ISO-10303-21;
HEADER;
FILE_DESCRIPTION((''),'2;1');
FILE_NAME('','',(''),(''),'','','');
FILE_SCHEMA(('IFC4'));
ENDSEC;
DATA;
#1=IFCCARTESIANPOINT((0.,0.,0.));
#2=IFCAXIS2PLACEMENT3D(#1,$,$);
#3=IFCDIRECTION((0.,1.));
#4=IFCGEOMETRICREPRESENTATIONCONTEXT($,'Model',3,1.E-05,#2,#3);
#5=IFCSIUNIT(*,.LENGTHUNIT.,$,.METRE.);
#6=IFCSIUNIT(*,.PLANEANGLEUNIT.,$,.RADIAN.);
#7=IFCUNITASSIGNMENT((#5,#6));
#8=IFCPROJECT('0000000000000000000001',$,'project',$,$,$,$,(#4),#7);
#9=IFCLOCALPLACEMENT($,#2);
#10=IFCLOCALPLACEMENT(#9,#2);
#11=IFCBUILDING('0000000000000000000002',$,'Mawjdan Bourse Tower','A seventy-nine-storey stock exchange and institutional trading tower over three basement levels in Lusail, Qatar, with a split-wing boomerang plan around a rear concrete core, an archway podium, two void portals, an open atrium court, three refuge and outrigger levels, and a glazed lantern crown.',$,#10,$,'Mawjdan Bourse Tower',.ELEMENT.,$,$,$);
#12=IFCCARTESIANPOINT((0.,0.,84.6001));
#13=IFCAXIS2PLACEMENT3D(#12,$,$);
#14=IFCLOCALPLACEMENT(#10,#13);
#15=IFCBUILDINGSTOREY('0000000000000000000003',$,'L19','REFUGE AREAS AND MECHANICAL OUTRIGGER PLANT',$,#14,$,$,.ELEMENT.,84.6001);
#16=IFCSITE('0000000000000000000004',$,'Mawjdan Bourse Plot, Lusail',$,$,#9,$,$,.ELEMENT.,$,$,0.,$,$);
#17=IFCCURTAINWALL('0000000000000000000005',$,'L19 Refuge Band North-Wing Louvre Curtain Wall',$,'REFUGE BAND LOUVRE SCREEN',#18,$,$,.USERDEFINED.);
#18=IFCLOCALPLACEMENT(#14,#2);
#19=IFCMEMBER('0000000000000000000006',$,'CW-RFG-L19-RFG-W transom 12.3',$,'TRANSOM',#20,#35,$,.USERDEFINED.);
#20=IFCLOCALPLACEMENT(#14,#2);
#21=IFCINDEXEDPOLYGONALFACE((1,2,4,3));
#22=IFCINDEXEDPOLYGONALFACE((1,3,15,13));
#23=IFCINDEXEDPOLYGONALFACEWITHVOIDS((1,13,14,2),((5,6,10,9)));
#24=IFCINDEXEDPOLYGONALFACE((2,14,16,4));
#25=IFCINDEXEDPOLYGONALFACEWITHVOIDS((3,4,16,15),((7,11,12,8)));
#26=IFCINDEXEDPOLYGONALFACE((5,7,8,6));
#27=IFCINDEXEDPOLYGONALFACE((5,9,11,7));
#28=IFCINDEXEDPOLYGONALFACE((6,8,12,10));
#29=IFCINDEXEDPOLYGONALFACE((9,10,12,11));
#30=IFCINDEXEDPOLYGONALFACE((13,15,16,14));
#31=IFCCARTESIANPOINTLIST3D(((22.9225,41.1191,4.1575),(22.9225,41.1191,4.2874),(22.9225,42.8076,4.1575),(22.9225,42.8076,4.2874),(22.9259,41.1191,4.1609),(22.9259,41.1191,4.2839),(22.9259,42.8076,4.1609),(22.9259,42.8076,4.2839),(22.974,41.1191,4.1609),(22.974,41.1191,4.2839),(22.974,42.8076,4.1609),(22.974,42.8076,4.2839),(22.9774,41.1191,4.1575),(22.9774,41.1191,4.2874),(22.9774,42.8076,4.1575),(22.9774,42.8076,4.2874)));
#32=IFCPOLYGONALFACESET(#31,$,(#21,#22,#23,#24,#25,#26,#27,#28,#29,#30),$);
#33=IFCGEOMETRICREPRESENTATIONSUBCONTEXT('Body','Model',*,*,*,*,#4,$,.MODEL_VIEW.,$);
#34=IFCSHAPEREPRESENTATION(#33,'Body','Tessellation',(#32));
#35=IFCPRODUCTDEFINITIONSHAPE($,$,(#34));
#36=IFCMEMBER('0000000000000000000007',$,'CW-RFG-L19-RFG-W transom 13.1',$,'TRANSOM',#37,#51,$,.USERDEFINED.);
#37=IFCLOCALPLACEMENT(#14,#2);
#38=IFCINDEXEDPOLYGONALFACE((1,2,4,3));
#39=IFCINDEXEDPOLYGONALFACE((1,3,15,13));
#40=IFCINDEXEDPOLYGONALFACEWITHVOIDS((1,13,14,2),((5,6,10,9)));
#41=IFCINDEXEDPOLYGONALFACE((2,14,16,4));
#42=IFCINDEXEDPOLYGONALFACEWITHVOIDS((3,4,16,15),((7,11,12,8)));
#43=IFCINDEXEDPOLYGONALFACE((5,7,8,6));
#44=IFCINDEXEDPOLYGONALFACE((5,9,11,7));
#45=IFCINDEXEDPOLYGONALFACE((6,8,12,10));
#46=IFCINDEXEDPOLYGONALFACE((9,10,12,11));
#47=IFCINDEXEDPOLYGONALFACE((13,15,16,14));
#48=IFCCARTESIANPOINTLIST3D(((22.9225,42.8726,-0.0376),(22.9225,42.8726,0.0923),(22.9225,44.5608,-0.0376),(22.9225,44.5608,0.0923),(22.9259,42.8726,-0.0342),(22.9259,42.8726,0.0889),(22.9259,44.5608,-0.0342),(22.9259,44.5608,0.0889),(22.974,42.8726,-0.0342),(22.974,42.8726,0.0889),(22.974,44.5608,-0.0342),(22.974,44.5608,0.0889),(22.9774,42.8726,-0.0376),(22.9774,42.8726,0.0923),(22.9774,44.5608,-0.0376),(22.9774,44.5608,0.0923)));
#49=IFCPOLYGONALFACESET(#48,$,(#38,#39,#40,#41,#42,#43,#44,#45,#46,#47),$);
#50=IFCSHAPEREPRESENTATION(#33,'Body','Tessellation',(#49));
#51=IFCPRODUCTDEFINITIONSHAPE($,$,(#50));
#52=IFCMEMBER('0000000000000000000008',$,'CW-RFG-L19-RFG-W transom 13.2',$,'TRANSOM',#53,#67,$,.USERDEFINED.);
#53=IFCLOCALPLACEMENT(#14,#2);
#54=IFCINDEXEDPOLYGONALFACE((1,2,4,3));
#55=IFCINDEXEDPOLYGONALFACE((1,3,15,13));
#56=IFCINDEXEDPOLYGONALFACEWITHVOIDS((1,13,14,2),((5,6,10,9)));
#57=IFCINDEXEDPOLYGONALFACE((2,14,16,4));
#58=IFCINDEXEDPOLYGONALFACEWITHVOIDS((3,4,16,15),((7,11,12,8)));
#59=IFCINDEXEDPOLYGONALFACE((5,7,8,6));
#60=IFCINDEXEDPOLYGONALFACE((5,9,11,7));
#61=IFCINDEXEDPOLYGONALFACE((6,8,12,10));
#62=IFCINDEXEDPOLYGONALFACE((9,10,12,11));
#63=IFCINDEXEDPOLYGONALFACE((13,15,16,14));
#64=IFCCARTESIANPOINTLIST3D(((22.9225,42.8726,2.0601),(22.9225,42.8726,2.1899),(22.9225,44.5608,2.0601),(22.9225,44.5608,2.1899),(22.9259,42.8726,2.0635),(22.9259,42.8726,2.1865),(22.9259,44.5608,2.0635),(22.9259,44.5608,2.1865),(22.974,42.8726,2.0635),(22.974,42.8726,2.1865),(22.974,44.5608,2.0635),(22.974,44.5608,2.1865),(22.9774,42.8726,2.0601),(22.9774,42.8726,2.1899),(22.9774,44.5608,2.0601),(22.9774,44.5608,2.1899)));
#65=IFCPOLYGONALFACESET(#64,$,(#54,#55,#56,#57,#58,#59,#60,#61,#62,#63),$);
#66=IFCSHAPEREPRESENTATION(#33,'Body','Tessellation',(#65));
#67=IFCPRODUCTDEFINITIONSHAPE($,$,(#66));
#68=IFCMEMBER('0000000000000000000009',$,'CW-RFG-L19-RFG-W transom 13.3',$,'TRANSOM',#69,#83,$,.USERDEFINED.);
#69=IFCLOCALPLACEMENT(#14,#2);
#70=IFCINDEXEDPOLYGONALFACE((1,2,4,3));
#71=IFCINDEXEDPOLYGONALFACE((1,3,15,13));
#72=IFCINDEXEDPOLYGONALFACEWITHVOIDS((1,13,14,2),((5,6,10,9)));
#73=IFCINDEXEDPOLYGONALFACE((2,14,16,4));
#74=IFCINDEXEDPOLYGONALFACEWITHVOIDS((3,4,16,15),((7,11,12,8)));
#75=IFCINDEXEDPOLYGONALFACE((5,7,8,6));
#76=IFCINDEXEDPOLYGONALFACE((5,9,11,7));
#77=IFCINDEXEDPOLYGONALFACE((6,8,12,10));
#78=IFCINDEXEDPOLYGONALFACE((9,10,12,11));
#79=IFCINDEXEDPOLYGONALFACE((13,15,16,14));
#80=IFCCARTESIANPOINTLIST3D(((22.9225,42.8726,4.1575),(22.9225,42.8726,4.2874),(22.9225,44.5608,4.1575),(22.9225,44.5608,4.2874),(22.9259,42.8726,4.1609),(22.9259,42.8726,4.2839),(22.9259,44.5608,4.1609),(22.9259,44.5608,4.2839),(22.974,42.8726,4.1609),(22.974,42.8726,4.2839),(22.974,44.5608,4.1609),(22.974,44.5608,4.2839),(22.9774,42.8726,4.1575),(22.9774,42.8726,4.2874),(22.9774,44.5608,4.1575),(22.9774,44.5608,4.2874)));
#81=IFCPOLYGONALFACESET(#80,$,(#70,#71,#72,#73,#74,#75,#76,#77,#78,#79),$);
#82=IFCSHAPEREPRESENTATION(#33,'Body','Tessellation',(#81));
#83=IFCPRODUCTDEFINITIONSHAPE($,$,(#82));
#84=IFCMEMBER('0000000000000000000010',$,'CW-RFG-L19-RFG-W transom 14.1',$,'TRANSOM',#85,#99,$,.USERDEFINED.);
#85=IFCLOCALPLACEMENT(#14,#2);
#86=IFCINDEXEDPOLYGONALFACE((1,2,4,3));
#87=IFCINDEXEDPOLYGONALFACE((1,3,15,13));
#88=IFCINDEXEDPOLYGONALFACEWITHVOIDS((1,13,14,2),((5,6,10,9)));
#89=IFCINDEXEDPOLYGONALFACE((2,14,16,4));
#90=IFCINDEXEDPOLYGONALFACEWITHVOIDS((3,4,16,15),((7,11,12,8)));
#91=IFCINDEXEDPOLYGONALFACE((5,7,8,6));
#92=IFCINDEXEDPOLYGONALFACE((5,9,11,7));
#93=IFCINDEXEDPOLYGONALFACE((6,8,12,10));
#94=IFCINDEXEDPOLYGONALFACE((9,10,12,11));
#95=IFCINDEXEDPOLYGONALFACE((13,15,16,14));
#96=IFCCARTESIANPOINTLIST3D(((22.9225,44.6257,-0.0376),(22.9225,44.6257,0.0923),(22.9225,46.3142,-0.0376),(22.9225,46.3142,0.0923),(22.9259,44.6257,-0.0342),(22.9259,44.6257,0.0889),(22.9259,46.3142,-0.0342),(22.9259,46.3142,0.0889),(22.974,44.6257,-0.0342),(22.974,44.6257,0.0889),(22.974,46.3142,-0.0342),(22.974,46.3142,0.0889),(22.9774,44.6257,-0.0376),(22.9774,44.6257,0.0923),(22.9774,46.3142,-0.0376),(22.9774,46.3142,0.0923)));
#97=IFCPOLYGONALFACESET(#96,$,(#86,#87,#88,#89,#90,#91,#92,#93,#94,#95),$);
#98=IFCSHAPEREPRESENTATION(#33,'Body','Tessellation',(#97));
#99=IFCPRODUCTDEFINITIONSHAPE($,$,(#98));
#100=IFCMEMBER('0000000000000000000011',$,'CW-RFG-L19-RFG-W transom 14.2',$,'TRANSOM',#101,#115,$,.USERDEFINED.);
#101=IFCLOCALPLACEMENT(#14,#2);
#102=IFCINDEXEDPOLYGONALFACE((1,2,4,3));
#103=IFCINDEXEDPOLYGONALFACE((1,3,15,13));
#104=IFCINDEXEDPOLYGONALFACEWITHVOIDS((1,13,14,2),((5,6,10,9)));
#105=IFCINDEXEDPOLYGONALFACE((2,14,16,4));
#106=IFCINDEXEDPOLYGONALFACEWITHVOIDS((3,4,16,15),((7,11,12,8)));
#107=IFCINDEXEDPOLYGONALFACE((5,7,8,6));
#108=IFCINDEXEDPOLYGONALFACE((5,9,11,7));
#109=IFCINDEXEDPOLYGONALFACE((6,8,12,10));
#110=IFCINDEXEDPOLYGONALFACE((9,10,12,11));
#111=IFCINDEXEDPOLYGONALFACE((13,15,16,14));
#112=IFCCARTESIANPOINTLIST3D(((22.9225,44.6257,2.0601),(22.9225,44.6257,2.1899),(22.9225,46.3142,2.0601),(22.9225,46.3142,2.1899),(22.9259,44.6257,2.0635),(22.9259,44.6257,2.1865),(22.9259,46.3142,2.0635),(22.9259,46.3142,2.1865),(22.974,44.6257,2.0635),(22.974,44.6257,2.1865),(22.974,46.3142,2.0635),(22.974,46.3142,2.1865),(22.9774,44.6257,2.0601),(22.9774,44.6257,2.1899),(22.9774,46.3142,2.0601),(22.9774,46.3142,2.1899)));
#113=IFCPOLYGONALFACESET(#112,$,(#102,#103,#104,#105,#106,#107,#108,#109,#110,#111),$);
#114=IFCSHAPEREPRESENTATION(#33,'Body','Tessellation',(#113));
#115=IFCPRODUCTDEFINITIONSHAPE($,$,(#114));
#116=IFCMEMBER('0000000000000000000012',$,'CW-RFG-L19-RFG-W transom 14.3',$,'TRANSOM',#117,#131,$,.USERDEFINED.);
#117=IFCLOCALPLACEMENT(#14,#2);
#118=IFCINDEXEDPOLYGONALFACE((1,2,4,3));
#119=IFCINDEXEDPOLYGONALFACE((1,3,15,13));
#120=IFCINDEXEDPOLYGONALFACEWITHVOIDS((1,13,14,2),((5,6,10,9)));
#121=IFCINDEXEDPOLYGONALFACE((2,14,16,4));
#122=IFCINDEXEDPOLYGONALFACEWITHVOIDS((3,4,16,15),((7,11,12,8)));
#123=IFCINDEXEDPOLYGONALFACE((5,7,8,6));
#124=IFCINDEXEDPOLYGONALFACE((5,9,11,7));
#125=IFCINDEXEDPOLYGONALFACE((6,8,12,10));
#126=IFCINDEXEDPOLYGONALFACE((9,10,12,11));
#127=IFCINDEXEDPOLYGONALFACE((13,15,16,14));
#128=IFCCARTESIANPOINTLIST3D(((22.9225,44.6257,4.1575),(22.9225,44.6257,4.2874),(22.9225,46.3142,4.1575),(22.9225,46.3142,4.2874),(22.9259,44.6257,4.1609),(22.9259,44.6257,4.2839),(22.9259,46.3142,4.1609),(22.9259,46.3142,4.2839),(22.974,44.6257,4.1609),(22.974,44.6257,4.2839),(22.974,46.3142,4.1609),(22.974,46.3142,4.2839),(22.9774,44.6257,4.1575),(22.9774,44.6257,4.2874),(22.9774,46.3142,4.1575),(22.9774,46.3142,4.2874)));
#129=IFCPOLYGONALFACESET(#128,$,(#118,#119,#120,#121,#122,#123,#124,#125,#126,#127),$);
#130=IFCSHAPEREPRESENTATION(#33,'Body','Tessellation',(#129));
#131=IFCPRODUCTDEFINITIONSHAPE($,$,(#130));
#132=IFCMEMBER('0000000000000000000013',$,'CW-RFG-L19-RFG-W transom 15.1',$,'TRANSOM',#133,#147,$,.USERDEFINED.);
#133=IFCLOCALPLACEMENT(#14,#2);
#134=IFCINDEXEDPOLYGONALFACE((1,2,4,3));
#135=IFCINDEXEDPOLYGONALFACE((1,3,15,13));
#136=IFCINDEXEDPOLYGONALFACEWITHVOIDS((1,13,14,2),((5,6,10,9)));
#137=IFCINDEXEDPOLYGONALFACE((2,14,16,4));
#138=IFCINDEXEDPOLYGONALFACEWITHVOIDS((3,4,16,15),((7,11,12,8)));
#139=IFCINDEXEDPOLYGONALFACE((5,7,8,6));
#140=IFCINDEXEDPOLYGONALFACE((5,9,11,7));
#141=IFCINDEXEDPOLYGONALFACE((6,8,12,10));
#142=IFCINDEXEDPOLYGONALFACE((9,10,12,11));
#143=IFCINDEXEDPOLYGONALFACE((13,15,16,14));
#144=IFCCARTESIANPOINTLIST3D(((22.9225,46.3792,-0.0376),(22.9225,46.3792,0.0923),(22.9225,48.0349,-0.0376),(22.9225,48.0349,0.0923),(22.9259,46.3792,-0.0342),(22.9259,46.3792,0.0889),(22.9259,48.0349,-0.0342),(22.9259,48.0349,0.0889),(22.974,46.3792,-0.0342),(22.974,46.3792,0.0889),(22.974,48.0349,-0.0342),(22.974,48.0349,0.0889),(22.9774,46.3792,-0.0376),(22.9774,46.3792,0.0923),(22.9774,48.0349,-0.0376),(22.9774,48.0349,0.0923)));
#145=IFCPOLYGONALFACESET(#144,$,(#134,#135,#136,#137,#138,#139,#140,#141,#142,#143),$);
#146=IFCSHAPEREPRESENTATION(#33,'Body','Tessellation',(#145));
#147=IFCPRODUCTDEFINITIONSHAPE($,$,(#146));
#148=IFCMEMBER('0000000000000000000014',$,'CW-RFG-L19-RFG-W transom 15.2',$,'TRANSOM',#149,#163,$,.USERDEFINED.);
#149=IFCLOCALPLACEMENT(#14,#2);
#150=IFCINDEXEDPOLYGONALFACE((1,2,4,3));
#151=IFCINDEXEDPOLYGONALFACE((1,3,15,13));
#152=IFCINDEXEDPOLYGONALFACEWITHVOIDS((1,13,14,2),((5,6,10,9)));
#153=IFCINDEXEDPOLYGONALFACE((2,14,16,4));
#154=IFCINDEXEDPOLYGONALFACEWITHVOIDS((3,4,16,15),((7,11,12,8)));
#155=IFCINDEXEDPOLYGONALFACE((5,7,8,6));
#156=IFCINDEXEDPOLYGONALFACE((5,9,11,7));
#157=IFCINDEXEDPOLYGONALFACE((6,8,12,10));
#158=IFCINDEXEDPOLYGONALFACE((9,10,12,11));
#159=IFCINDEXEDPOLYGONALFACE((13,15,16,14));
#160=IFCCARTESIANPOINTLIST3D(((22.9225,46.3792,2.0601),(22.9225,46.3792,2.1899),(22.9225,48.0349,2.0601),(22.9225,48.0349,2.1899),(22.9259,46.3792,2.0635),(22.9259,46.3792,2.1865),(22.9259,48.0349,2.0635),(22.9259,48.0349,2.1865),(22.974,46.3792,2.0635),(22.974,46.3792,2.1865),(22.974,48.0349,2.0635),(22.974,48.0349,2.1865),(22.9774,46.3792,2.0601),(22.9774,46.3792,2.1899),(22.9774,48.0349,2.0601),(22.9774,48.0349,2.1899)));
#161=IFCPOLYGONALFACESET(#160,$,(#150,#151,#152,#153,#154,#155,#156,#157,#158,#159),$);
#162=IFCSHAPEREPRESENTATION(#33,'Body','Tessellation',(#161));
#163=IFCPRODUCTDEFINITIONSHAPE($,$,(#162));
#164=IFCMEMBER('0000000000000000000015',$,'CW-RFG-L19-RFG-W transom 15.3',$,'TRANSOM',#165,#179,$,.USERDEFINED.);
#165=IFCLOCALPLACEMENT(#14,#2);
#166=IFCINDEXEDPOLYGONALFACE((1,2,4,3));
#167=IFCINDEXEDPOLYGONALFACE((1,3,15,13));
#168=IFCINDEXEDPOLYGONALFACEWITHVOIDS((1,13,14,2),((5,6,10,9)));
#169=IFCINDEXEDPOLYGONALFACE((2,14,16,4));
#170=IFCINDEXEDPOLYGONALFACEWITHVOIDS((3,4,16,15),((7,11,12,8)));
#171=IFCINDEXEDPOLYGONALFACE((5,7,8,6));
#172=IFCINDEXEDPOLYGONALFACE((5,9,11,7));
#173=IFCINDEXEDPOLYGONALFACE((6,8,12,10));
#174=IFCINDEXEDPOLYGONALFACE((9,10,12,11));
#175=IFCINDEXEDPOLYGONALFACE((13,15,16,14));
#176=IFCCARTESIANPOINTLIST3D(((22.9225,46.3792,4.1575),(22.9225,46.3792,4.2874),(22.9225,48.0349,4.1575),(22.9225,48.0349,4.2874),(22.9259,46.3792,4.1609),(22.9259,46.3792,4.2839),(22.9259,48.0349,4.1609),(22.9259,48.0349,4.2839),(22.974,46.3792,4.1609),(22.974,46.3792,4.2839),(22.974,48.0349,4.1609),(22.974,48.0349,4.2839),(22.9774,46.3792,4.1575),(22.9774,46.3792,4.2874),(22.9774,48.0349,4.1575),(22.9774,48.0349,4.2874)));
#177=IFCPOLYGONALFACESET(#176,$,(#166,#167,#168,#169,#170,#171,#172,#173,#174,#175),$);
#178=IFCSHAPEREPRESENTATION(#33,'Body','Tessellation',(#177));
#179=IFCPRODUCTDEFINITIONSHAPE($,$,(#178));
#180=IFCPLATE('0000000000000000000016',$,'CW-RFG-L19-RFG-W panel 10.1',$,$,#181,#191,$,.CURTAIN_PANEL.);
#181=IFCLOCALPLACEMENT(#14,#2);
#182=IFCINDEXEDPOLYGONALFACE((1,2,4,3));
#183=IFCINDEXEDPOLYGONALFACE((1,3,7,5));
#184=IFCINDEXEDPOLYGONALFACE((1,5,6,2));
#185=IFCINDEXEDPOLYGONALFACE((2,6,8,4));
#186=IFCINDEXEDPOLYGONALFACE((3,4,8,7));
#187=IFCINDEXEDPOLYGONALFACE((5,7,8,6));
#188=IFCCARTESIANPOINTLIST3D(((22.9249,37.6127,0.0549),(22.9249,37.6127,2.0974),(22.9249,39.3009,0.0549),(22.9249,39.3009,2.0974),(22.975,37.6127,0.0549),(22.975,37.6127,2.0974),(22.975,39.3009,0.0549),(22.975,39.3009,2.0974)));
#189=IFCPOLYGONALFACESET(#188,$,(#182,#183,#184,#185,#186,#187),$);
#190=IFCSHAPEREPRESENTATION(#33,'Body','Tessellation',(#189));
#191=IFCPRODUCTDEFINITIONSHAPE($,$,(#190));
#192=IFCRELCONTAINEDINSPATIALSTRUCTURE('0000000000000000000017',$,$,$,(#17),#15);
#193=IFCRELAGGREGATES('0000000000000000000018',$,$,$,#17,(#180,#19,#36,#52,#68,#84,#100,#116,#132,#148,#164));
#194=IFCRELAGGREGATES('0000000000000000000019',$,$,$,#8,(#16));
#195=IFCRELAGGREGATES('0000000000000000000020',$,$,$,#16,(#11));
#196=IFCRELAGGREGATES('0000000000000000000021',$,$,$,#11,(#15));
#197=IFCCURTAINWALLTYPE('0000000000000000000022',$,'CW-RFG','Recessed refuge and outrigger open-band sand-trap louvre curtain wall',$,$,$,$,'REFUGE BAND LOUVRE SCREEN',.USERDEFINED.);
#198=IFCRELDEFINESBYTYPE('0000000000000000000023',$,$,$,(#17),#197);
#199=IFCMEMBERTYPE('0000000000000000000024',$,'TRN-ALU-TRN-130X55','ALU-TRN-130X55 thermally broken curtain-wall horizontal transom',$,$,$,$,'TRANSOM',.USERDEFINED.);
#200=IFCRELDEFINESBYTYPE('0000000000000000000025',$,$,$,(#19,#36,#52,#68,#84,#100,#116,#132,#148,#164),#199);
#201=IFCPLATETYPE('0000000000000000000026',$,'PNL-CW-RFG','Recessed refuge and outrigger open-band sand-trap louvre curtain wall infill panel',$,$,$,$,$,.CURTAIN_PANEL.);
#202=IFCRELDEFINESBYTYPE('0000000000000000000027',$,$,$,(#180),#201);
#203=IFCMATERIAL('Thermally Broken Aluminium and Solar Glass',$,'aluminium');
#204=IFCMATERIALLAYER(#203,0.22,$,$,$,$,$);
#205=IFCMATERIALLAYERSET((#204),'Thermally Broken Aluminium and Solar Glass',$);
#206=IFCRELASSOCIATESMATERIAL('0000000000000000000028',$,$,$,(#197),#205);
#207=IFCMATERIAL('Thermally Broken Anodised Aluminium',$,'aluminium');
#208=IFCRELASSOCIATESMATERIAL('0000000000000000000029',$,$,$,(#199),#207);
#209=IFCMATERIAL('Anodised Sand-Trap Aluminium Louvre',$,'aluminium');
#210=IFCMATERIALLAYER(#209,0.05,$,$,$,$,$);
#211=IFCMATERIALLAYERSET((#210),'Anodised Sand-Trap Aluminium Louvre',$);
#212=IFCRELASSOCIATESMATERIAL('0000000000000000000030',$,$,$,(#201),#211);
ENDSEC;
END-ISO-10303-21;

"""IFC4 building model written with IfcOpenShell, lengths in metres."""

from ifc_helpers import new_model, si_unit, direction, frame, origin, origin_2d, place, context, subcontext, project, spatial, rectangle, hollow_rectangle, extrude, material, layer, layer_set, material_profile, profile_set, type_object, element, aggregate, save


model = new_model("IFC4")

# Units and contexts
model_context = context("Model", 3, precision=1e-05, world=origin(), true_north=direction((0.0, 1.0)))
body_context = subcontext(model_context, "Body", "Model", "MODEL_VIEW")
ifc_project = project(units=[si_unit("LENGTHUNIT", "METRE"), si_unit("PLANEANGLEUNIT", "RADIAN")], contexts=[model_context])

# Site, building, storey
site_placement = place(None, origin())
site = spatial("IfcSite", under=ifc_project, at=site_placement, Name="Mawjdan Bourse Plot, Lusail", CompositionType="ELEMENT", RefElevation=0.0)
building_placement = place(site_placement, origin())
building = spatial("IfcBuilding", under=site, at=building_placement, Name="Mawjdan Bourse Tower", Description="A seventy-nine-storey stock exchange and institutional trading tower over three basement levels in Lusail, Qatar, with a split-wing boomerang plan around a rear concrete core, an archway podium, two void portals, an open atrium court, three refuge and outrigger levels, and a glazed lantern crown.", LongName="Mawjdan Bourse Tower", CompositionType="ELEMENT")
storey_placement = place(building_placement, frame((0.0, 0.0, 84.6001)))
storey = spatial("IfcBuildingStorey", under=building, at=storey_placement, Name="L19", Description="REFUGE AREAS AND MECHANICAL OUTRIGGER PLANT", CompositionType="ELEMENT", Elevation=84.6001)

# Curtain wall
ifc_material_1 = material(Name="Thermally Broken Aluminium and Solar Glass", Category="aluminium")
ifc_layer_1 = layer(ifc_material_1, 0.22)
ifc_layer_set_1 = layer_set([ifc_layer_1], Name="Thermally Broken Aluminium and Solar Glass")
curtain_wall_type = type_object("IfcCurtainWallType", Name="CW-RFG", Description="Recessed refuge and outrigger open-band sand-trap louvre curtain wall", ElementType="REFUGE BAND LOUVRE SCREEN", PredefinedType="USERDEFINED", material=ifc_layer_set_1)
curtain_wall_placement = place(storey_placement, origin())
curtain_wall = element("IfcCurtainWall", 1, at=curtain_wall_placement, inside=storey, type_object=curtain_wall_type, Name="L19 Refuge Band North-Wing Louvre Curtain Wall", ObjectType="REFUGE BAND LOUVRE SCREEN", PredefinedType="USERDEFINED")
ifc_material_2 = material(Name="Thermally Broken Anodised Aluminium", Category="aluminium")

# Members
ifc_material_profile_1 = material_profile(ifc_material_2, hollow_rectangle(XDim=0.0549, YDim=0.1299, WallThickness=0.0034, at=origin_2d()), Name="ALU-TRN-130X55")
ifc_profile_set_1 = profile_set([ifc_material_profile_1], Name="Thermally Broken Anodised Aluminium")
member_type_1 = type_object("IfcMemberType", Name="TRN-ALU-TRN-130X55", Description="ALU-TRN-130X55 thermally broken curtain-wall horizontal transom", ElementType="TRANSOM", PredefinedType="USERDEFINED", material=ifc_profile_set_1)
member_1_placement = place(storey_placement, frame((22.95, 41.1191, 4.2224), z_axis=(0.0, 1.0, 0.0), x_axis=(-1.0, 0.0, 0.0)))
member_1 = element("IfcMember", 2, at=member_1_placement, type_object=member_type_1, Name="CW-RFG-L19-RFG-W transom 12.3", ObjectType="TRANSOM", PredefinedType="USERDEFINED", context=body_context, shape_type="SweptSolid", body=[
    extrude(hollow_rectangle(XDim=0.0549, YDim=0.1299, WallThickness=0.0034, at=origin_2d()), origin(), (0.0, 0.0, 1.0), 1.6885),
])
member_2_placement = place(storey_placement, frame((22.95, 42.8726, 0.0273), z_axis=(0.0, 1.0, 0.0), x_axis=(-1.0, 0.0, 0.0)))
member_2 = element("IfcMember", 3, at=member_2_placement, type_object=member_type_1, Name="CW-RFG-L19-RFG-W transom 13.1", ObjectType="TRANSOM", PredefinedType="USERDEFINED", context=body_context, shape_type="SweptSolid", body=[
    extrude(hollow_rectangle(XDim=0.0549, YDim=0.1299, WallThickness=0.0034, at=origin_2d()), origin(), (0.0, 0.0, 1.0), 1.6882),
])
member_3_placement = place(storey_placement, frame((22.95, 42.8726, 2.125), z_axis=(0.0, 1.0, 0.0), x_axis=(-1.0, 0.0, 0.0)))
member_3 = element("IfcMember", 4, at=member_3_placement, type_object=member_type_1, Name="CW-RFG-L19-RFG-W transom 13.2", ObjectType="TRANSOM", PredefinedType="USERDEFINED", context=body_context, shape_type="SweptSolid", body=[
    extrude(hollow_rectangle(XDim=0.0549, YDim=0.1299, WallThickness=0.0034, at=origin_2d()), origin(), (0.0, 0.0, 1.0), 1.6882),
])
member_4_placement = place(storey_placement, frame((22.95, 42.8726, 4.2224), z_axis=(0.0, 1.0, 0.0), x_axis=(-1.0, 0.0, 0.0)))
member_4 = element("IfcMember", 5, at=member_4_placement, type_object=member_type_1, Name="CW-RFG-L19-RFG-W transom 13.3", ObjectType="TRANSOM", PredefinedType="USERDEFINED", context=body_context, shape_type="SweptSolid", body=[
    extrude(hollow_rectangle(XDim=0.0549, YDim=0.1299, WallThickness=0.0034, at=origin_2d()), origin(), (0.0, 0.0, 1.0), 1.6882),
])
member_5_placement = place(storey_placement, frame((22.95, 44.6257, 0.0273), z_axis=(0.0, 1.0, 0.0), x_axis=(-1.0, 0.0, 0.0)))
member_5 = element("IfcMember", 6, at=member_5_placement, type_object=member_type_1, Name="CW-RFG-L19-RFG-W transom 14.1", ObjectType="TRANSOM", PredefinedType="USERDEFINED", context=body_context, shape_type="SweptSolid", body=[
    extrude(hollow_rectangle(XDim=0.0549, YDim=0.1299, WallThickness=0.0034, at=origin_2d()), origin(), (0.0, 0.0, 1.0), 1.6885),
])
member_6_placement = place(storey_placement, frame((22.95, 44.6257, 2.125), z_axis=(0.0, 1.0, 0.0), x_axis=(-1.0, 0.0, 0.0)))
member_6 = element("IfcMember", 7, at=member_6_placement, type_object=member_type_1, Name="CW-RFG-L19-RFG-W transom 14.2", ObjectType="TRANSOM", PredefinedType="USERDEFINED", context=body_context, shape_type="SweptSolid", body=[
    extrude(hollow_rectangle(XDim=0.0549, YDim=0.1299, WallThickness=0.0034, at=origin_2d()), origin(), (0.0, 0.0, 1.0), 1.6885),
])
member_7_placement = place(storey_placement, frame((22.95, 44.6257, 4.2224), z_axis=(0.0, 1.0, 0.0), x_axis=(-1.0, 0.0, 0.0)))
member_7 = element("IfcMember", 8, at=member_7_placement, type_object=member_type_1, Name="CW-RFG-L19-RFG-W transom 14.3", ObjectType="TRANSOM", PredefinedType="USERDEFINED", context=body_context, shape_type="SweptSolid", body=[
    extrude(hollow_rectangle(XDim=0.0549, YDim=0.1299, WallThickness=0.0034, at=origin_2d()), origin(), (0.0, 0.0, 1.0), 1.6885),
])
member_8_placement = place(storey_placement, frame((22.95, 46.3792, 0.0273), z_axis=(0.0, 1.0, 0.0), x_axis=(-1.0, 0.0, 0.0)))
member_8 = element("IfcMember", 9, at=member_8_placement, type_object=member_type_1, Name="CW-RFG-L19-RFG-W transom 15.1", ObjectType="TRANSOM", PredefinedType="USERDEFINED", context=body_context, shape_type="SweptSolid", body=[
    extrude(hollow_rectangle(XDim=0.0549, YDim=0.1299, WallThickness=0.0034, at=origin_2d()), origin(), (0.0, 0.0, 1.0), 1.6558),
])
member_9_placement = place(storey_placement, frame((22.95, 46.3792, 2.125), z_axis=(0.0, 1.0, 0.0), x_axis=(-1.0, 0.0, 0.0)))
member_9 = element("IfcMember", 10, at=member_9_placement, type_object=member_type_1, Name="CW-RFG-L19-RFG-W transom 15.2", ObjectType="TRANSOM", PredefinedType="USERDEFINED", context=body_context, shape_type="SweptSolid", body=[
    extrude(hollow_rectangle(XDim=0.0549, YDim=0.1299, WallThickness=0.0034, at=origin_2d()), origin(), (0.0, 0.0, 1.0), 1.6558),
])
member_10_placement = place(storey_placement, frame((22.95, 46.3792, 4.2224), z_axis=(0.0, 1.0, 0.0), x_axis=(-1.0, 0.0, 0.0)))
member_10 = element("IfcMember", 11, at=member_10_placement, type_object=member_type_1, Name="CW-RFG-L19-RFG-W transom 15.3", ObjectType="TRANSOM", PredefinedType="USERDEFINED", context=body_context, shape_type="SweptSolid", body=[
    extrude(hollow_rectangle(XDim=0.0549, YDim=0.1299, WallThickness=0.0034, at=origin_2d()), origin(), (0.0, 0.0, 1.0), 1.6558),
])

# Plate
ifc_material_3 = material(Name="Anodised Sand-Trap Aluminium Louvre", Category="aluminium")
ifc_layer_2 = layer(ifc_material_3, 0.05)
ifc_layer_set_2 = layer_set([ifc_layer_2], Name="Anodised Sand-Trap Aluminium Louvre")
plate_type = type_object("IfcPlateType", Name="PNL-CW-RFG", Description="Recessed refuge and outrigger open-band sand-trap louvre curtain wall infill panel", PredefinedType="CURTAIN_PANEL", material=ifc_layer_set_2)
plate_1_placement = place(storey_placement, frame((22.95, 38.4568, 0.0549), z_axis=(0.0, 0.0, 1.0), x_axis=(0.0, 1.0, 0.0)))
plate_1 = element("IfcPlate", 12, at=plate_1_placement, type_object=plate_type, Name="CW-RFG-L19-RFG-W panel 10.1", PredefinedType="CURTAIN_PANEL", context=body_context, shape_type="SweptSolid", body=[
    extrude(rectangle(XDim=1.6882, YDim=0.05, at=origin_2d()), origin(), (0.0, 0.0, 1.0), 2.0425),
])
aggregate(curtain_wall, [plate_1, member_1, member_2, member_3, member_4, member_5, member_6, member_7, member_8, member_9, member_10])

save(model, "model.ifc")
